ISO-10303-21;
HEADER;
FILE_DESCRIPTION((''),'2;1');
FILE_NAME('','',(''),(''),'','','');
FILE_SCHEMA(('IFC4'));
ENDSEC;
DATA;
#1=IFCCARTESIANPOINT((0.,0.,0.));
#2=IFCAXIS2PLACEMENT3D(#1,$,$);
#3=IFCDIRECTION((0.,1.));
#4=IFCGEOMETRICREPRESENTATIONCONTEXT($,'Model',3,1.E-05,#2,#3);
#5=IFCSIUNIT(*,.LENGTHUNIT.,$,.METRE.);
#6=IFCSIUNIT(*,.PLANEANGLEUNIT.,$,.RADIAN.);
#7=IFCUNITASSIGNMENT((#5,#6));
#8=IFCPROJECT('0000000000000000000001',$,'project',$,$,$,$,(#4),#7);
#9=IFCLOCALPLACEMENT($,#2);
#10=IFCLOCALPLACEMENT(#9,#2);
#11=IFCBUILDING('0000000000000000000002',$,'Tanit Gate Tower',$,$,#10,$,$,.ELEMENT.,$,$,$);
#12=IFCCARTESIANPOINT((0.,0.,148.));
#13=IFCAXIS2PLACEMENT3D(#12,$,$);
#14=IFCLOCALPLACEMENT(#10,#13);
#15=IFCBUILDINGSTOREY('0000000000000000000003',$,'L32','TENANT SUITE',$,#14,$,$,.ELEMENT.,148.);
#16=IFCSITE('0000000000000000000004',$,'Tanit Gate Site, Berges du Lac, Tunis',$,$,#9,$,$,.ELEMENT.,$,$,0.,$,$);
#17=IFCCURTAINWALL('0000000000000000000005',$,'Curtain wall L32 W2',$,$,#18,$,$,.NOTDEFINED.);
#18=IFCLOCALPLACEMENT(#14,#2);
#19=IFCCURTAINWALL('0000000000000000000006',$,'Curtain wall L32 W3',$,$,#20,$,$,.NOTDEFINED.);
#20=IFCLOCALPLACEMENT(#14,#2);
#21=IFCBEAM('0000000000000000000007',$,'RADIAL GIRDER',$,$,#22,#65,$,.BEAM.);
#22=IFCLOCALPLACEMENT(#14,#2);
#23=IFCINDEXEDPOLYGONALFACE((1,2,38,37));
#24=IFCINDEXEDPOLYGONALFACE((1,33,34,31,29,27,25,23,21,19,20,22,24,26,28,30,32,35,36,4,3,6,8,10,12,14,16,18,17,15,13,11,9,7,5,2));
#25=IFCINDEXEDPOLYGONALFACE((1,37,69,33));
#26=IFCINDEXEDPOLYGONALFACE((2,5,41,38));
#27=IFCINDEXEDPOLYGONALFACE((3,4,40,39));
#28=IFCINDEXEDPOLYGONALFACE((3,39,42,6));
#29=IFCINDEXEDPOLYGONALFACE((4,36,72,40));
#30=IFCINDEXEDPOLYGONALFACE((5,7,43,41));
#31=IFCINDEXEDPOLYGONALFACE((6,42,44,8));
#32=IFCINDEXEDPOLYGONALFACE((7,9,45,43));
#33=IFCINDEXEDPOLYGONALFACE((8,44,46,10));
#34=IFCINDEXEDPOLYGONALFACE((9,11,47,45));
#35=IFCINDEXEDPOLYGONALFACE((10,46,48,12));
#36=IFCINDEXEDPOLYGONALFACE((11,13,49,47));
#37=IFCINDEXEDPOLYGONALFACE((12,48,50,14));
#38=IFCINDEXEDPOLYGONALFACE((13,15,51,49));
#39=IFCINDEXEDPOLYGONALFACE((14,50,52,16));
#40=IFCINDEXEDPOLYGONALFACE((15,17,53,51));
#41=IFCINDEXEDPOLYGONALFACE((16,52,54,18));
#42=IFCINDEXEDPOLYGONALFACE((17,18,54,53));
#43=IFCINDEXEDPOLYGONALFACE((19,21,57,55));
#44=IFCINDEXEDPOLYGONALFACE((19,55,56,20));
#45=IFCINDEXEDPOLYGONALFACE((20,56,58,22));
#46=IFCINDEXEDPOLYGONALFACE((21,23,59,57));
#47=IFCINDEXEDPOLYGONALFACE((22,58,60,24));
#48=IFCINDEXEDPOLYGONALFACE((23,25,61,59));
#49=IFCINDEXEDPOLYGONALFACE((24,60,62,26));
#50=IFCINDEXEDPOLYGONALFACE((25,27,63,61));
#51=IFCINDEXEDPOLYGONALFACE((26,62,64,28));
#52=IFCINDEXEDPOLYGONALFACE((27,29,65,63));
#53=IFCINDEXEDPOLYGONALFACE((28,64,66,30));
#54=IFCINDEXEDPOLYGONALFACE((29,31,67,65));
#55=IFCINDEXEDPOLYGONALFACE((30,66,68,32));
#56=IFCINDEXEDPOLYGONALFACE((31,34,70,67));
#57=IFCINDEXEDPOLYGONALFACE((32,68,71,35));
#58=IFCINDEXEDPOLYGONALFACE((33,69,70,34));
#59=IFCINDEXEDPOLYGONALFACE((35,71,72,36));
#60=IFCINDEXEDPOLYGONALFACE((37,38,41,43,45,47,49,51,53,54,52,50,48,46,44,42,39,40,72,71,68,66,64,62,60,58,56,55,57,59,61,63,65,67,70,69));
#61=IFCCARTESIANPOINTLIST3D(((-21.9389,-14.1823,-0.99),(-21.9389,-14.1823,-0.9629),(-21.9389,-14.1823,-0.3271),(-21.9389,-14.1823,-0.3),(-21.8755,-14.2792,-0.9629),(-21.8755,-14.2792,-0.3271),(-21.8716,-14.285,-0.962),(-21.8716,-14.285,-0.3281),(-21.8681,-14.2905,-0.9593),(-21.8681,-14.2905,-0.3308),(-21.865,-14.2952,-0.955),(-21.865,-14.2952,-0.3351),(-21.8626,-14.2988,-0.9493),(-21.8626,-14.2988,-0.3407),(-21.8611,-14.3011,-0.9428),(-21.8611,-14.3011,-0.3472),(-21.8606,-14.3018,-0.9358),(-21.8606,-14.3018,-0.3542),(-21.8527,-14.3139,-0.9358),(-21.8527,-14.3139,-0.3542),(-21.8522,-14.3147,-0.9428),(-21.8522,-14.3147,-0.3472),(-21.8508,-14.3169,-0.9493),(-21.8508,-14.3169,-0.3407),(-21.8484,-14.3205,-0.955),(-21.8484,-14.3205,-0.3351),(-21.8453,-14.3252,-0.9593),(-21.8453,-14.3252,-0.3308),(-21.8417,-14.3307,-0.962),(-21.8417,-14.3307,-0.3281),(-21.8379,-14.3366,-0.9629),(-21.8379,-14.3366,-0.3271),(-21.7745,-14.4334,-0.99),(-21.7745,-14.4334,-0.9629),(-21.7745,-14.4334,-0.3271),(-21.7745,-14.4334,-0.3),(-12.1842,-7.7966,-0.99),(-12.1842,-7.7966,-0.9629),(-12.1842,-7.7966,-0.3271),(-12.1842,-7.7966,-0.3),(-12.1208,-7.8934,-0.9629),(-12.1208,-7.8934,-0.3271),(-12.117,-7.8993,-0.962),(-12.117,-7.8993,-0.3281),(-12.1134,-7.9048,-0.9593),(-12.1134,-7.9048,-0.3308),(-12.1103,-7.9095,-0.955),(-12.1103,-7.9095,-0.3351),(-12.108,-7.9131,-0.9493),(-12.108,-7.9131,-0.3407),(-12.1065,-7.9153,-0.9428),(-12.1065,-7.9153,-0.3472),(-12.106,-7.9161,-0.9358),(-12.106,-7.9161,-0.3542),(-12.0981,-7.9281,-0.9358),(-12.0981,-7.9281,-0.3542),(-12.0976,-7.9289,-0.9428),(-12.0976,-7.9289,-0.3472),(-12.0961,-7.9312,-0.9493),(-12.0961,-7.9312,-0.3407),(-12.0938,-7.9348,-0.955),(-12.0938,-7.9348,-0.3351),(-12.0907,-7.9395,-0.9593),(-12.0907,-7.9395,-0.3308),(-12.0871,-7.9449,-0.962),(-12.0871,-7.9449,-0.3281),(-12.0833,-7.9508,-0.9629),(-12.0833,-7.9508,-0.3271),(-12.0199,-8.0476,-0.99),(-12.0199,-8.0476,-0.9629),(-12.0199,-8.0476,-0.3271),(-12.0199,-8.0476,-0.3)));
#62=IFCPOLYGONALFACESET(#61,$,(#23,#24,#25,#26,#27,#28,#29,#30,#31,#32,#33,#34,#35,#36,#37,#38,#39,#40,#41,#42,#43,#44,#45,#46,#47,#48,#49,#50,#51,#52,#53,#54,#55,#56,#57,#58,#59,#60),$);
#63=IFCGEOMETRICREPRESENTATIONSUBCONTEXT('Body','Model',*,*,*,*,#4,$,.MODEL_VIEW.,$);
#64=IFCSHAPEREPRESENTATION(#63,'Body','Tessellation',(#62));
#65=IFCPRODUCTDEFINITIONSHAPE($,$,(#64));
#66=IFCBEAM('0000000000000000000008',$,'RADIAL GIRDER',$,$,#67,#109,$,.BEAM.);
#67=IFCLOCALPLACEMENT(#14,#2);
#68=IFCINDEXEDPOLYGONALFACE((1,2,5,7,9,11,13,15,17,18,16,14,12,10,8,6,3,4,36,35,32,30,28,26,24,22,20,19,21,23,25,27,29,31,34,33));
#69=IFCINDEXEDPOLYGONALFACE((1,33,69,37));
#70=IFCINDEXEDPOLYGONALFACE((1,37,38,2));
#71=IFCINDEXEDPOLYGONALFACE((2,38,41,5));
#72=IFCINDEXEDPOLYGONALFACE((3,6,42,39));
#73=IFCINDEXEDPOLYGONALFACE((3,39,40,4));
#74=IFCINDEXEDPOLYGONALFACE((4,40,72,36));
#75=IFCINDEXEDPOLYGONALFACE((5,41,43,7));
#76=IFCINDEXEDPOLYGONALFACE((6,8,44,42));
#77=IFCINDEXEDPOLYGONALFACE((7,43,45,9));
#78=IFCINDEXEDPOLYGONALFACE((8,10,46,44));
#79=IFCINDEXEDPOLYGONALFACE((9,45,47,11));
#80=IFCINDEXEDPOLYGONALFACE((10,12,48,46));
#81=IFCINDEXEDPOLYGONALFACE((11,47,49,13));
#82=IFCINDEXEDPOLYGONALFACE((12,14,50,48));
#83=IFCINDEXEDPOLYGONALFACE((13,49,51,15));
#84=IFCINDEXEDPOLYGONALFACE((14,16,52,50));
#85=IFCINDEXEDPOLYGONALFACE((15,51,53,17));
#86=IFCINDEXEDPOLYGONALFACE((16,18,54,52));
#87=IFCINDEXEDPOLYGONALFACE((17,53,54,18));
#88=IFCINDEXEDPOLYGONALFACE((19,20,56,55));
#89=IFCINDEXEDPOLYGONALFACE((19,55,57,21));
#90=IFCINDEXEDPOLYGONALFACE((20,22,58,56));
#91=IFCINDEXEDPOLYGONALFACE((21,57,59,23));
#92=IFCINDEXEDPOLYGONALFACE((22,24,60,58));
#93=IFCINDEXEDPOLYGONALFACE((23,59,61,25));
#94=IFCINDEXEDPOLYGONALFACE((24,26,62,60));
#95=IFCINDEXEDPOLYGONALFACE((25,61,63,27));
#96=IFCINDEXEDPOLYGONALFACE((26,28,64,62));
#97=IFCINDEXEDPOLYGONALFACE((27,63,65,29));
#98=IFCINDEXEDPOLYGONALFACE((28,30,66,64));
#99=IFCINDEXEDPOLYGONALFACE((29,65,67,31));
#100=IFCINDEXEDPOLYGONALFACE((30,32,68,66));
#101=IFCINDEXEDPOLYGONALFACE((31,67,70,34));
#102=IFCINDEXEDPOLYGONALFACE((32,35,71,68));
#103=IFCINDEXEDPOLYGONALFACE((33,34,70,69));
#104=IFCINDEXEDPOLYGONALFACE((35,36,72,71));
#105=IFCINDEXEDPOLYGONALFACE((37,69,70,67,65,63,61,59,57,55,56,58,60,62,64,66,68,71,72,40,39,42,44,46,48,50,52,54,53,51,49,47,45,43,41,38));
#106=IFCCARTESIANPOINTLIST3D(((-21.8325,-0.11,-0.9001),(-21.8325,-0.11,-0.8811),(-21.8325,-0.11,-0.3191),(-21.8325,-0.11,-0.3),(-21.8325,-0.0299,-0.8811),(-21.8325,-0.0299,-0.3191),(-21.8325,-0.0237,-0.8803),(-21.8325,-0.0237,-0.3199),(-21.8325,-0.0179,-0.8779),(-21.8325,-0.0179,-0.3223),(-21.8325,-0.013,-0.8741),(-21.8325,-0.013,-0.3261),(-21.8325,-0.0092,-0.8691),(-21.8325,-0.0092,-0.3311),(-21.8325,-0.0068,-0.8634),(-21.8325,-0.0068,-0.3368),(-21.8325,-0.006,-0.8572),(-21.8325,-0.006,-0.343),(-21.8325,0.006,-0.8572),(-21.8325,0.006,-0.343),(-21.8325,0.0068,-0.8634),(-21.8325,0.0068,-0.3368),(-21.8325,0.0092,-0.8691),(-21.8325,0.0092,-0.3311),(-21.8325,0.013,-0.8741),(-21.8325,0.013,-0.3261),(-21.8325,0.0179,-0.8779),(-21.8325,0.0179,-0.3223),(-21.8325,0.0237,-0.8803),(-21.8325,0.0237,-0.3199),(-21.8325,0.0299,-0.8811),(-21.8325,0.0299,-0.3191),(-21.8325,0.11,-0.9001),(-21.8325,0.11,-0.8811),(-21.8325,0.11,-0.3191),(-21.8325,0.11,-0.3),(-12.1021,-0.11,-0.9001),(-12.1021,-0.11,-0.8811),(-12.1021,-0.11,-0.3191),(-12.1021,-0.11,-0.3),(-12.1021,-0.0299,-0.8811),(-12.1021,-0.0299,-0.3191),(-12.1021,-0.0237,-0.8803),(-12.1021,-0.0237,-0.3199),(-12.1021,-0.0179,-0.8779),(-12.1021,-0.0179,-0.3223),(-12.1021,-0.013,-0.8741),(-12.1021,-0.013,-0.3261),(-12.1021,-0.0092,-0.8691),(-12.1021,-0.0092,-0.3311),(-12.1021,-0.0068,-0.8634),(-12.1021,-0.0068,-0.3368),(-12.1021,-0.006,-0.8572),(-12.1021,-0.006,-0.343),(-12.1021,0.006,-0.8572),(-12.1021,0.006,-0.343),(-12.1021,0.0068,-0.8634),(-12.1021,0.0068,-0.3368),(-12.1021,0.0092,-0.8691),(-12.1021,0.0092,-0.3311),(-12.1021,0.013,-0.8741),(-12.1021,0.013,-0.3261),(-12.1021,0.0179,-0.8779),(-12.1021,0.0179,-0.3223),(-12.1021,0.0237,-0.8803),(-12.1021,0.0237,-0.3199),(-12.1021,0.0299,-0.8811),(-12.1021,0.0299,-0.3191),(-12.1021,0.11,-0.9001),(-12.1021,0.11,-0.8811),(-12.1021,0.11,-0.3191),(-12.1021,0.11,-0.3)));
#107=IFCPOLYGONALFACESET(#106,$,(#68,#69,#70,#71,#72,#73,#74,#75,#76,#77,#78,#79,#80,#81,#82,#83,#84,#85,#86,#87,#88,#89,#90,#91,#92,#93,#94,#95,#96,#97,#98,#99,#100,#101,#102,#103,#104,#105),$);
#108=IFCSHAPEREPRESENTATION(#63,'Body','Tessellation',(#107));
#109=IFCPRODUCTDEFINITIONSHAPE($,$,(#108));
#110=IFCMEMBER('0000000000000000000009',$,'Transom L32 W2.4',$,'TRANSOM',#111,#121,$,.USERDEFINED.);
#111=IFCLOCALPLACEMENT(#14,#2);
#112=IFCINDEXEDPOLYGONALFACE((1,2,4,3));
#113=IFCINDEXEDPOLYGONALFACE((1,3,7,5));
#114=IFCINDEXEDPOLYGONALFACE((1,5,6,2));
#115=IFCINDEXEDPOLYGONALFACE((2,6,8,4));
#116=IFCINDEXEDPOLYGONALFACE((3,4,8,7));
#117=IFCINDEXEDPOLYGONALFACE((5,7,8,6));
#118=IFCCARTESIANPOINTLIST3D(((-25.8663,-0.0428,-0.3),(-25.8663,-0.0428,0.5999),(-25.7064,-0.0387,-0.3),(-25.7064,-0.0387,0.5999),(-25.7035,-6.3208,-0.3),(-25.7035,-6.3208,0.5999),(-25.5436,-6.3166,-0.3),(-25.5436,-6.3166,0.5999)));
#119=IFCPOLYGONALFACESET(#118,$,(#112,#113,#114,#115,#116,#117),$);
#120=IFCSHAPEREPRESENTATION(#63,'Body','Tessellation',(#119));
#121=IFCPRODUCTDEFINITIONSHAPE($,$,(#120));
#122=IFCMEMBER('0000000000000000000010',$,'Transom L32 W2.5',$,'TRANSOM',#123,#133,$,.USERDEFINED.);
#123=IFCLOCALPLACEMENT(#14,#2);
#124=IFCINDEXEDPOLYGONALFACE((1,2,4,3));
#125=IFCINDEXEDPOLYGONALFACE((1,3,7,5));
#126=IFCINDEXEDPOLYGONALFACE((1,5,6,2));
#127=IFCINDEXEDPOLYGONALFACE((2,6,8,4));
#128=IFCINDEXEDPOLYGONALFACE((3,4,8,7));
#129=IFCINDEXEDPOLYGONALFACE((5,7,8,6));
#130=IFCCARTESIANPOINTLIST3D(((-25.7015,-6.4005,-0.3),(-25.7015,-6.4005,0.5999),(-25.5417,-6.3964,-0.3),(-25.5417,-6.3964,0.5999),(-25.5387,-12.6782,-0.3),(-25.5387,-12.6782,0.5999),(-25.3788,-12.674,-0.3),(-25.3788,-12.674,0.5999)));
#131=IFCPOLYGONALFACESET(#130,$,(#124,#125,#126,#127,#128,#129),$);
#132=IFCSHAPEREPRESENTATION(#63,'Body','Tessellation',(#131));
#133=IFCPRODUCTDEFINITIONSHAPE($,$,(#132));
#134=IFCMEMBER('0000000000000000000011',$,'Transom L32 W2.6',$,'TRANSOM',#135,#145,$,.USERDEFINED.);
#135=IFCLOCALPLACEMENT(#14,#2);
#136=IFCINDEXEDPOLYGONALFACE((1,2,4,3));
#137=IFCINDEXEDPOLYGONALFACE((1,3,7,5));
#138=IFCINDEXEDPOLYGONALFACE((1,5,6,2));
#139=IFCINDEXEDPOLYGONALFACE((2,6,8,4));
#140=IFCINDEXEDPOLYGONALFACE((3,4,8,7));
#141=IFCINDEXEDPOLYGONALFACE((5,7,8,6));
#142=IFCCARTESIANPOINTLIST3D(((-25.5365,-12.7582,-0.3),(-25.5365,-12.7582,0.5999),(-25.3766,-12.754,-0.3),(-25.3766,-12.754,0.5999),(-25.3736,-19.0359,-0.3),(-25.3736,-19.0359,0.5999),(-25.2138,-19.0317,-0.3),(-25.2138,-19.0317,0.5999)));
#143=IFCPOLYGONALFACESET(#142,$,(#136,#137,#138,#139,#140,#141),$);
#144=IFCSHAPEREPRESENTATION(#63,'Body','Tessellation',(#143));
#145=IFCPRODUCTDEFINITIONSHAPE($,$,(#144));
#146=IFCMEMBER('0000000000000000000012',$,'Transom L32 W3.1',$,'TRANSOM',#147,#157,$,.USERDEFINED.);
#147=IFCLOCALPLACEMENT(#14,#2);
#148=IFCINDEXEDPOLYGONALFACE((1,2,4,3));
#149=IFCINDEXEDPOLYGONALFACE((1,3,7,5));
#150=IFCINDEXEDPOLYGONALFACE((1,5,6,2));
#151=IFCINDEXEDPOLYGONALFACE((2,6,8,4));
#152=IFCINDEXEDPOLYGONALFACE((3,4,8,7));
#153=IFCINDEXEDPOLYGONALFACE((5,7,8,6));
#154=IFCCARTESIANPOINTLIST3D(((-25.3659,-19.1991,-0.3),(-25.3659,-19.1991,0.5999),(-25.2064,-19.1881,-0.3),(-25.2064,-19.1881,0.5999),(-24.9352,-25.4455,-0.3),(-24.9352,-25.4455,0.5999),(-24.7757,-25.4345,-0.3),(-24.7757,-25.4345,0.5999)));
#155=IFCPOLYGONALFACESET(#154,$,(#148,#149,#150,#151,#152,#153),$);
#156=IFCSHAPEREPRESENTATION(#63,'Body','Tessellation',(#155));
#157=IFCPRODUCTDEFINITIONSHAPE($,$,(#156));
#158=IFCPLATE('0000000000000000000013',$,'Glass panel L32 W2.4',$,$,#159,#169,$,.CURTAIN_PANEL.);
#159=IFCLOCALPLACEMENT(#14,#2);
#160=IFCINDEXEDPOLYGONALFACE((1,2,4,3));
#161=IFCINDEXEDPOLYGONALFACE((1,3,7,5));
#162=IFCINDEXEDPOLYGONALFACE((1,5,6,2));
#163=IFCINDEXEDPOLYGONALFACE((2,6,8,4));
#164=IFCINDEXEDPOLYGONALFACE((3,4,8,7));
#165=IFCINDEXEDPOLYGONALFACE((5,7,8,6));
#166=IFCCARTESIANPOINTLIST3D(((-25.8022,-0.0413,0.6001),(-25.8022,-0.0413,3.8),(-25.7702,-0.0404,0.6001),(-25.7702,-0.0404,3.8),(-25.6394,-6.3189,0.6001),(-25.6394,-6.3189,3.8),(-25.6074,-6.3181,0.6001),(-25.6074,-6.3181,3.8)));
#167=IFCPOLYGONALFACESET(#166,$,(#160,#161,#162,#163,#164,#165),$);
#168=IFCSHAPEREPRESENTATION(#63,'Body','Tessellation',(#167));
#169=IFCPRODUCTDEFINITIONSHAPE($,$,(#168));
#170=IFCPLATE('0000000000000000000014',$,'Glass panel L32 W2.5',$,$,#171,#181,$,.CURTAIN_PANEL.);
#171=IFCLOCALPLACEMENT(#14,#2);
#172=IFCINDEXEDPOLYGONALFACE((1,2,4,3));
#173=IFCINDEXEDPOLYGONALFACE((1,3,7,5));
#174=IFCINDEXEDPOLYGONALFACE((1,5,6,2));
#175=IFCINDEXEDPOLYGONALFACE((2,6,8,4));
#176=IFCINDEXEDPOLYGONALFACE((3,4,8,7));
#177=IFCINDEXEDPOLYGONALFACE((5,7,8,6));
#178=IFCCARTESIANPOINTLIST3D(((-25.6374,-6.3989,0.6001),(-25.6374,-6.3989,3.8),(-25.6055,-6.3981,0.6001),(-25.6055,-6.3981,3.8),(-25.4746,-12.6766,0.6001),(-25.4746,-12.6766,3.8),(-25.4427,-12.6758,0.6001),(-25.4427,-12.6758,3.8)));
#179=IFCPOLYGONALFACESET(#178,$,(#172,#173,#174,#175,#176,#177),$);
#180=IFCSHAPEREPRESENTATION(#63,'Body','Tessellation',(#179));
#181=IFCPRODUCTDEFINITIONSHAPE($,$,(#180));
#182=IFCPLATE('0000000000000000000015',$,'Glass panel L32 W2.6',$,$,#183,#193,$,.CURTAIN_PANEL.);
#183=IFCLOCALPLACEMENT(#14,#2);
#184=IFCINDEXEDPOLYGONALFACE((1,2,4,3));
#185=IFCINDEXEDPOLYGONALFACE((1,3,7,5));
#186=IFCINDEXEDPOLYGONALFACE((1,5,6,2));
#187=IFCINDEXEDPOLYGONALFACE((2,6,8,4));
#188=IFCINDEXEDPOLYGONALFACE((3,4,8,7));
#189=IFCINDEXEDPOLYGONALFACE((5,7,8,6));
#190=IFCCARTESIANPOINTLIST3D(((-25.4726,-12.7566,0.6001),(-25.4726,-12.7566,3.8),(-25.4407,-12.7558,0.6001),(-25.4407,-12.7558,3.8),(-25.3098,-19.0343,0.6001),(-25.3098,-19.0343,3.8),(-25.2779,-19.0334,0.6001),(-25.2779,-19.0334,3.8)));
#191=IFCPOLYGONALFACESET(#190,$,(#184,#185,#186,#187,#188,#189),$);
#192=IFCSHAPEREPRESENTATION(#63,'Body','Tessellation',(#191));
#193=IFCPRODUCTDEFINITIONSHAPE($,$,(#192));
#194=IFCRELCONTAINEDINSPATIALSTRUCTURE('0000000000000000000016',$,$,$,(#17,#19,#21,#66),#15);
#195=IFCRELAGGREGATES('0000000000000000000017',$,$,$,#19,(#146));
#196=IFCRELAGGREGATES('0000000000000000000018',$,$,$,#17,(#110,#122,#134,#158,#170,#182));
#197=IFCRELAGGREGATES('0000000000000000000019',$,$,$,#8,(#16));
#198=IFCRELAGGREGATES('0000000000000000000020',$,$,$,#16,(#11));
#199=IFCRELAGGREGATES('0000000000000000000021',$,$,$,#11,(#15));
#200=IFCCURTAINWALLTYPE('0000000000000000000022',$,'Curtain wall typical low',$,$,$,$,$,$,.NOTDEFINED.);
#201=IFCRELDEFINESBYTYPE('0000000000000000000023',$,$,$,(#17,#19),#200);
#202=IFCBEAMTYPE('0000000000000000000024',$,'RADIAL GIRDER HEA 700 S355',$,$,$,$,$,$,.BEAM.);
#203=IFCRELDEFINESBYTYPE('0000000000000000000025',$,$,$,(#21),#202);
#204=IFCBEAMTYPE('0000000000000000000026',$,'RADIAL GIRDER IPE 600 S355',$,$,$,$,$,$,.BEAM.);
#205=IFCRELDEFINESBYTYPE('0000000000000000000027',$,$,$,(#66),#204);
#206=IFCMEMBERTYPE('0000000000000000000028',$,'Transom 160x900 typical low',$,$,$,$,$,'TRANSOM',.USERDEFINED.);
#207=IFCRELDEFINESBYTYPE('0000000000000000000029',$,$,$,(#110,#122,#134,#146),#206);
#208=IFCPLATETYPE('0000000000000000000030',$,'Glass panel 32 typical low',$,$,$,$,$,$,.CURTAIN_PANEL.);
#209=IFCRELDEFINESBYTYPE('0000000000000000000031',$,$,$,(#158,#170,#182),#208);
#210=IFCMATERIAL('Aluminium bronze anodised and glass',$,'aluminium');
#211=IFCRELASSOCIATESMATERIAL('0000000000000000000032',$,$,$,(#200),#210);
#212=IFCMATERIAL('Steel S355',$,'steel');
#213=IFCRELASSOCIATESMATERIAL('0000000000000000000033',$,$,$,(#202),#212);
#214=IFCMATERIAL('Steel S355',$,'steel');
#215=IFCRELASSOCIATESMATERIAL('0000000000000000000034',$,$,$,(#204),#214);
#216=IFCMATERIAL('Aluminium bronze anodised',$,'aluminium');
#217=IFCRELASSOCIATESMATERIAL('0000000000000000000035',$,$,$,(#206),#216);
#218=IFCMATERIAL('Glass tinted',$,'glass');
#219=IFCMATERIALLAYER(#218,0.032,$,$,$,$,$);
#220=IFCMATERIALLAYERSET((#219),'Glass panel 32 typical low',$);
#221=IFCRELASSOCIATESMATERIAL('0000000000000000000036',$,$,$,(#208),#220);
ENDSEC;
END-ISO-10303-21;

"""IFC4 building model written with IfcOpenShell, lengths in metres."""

from ifc_helpers import new_model, si_unit, direction, frame, origin, origin_2d, place, context, subcontext, project, spatial, rectangle, i_section, extrude, material, layer, layer_set, material_profile, profile_set, type_object, element, aggregate, save


model = new_model("IFC4")

# Units and contexts
model_context = context("Model", 3, precision=1e-05, world=origin(), true_north=direction((0.0, 1.0)))
body_context = subcontext(model_context, "Body", "Model", "MODEL_VIEW")
ifc_project = project(units=[si_unit("LENGTHUNIT", "METRE"), si_unit("PLANEANGLEUNIT", "RADIAN")], contexts=[model_context])

# Site, building, storey
site_placement = place(None, origin())
site = spatial("IfcSite", under=ifc_project, at=site_placement, Name="Tanit Gate Site, Berges du Lac, Tunis", CompositionType="ELEMENT", RefElevation=0.0)
building_placement = place(site_placement, origin())
building = spatial("IfcBuilding", under=site, at=building_placement, Name="Tanit Gate Tower", CompositionType="ELEMENT")
storey_placement = place(building_placement, frame((0.0, 0.0, 148.0)))
storey = spatial("IfcBuildingStorey", under=building, at=storey_placement, Name="L32", Description="TENANT SUITE", CompositionType="ELEMENT", Elevation=148.0)

# Curtain wall
ifc_material_1 = material(Name="Aluminium bronze anodised and glass", Category="aluminium")
curtain_wall_type = type_object("IfcCurtainWallType", Name="Curtain wall typical low", PredefinedType="NOTDEFINED", material=ifc_material_1)
curtain_wall_1_placement = place(storey_placement, origin())
curtain_wall_1 = element("IfcCurtainWall", 1, at=curtain_wall_1_placement, inside=storey, type_object=curtain_wall_type, Name="Curtain wall L32 W2", PredefinedType="NOTDEFINED")

# Curtain wall
curtain_wall_2_placement = place(storey_placement, origin())
curtain_wall_2 = element("IfcCurtainWall", 2, at=curtain_wall_2_placement, inside=storey, type_object=curtain_wall_type, Name="Curtain wall L32 W3", PredefinedType="NOTDEFINED")

# Beams
ifc_material_2 = material(Name="Steel S355", Category="steel")
ifc_material_profile_1 = material_profile(ifc_material_2, i_section(OverallWidth=0.3, OverallDepth=0.6899, WebThickness=0.0144, FlangeThickness=0.0271, FilletRadius=0.0271, at=origin_2d()), Name="HEA 700")
ifc_profile_set_1 = profile_set([ifc_material_profile_1], Name="Steel S355")
beam_type_1 = type_object("IfcBeamType", Name="RADIAL GIRDER HEA 700 S355", PredefinedType="BEAM", material=ifc_profile_set_1)
beam_1_placement = place(storey_placement, frame((-21.8567, -14.3079, -0.645), z_axis=(0.836667, 0.547712, 0.0), x_axis=(-0.547712, 0.836667, 0.0)))
element("IfcBeam", 3, at=beam_1_placement, inside=storey, type_object=beam_type_1, Name="RADIAL GIRDER", PredefinedType="BEAM", context=body_context, shape_type="SweptSolid", body=[
    extrude(i_section(OverallWidth=0.3, OverallDepth=0.6899, WebThickness=0.0144, FlangeThickness=0.0271, FilletRadius=0.0271, at=origin_2d()), origin(), (0.0, 0.0, 1.0), 11.6589),
])
ifc_material_3 = material(Name="Steel S355", Category="steel")
ifc_material_profile_2 = material_profile(ifc_material_3, i_section(OverallWidth=0.22, OverallDepth=0.6001, WebThickness=0.012, FlangeThickness=0.019, FilletRadius=0.0239, at=origin_2d()), Name="IPE 600")
ifc_profile_set_2 = profile_set([ifc_material_profile_2], Name="Steel S355")
beam_type_2 = type_object("IfcBeamType", Name="RADIAL GIRDER IPE 600 S355", PredefinedType="BEAM", material=ifc_profile_set_2)
beam_2_placement = place(storey_placement, frame((-21.8325, 0.0, -0.6001), z_axis=(1.0, 0.0, 0.0), x_axis=(0.0, 1.0, 0.0)))
element("IfcBeam", 4, at=beam_2_placement, inside=storey, type_object=beam_type_2, Name="RADIAL GIRDER", PredefinedType="BEAM", context=body_context, shape_type="SweptSolid", body=[
    extrude(i_section(OverallWidth=0.22, OverallDepth=0.6001, WebThickness=0.012, FlangeThickness=0.019, FilletRadius=0.0239, at=origin_2d()), origin(), (0.0, 0.0, 1.0), 9.7305),
])

# Members
ifc_material_4 = material(Name="Aluminium bronze anodised", Category="aluminium")
ifc_material_profile_3 = material_profile(ifc_material_4, rectangle(XDim=0.1599, YDim=0.8999, at=origin_2d()), Name="160x900 bronze transom")
ifc_profile_set_3 = profile_set([ifc_material_profile_3], Name="Aluminium bronze anodised")
member_type_1 = type_object("IfcMemberType", Name="Transom 160x900 typical low", ElementType="TRANSOM", PredefinedType="USERDEFINED", material=ifc_profile_set_3)
member_1_placement = place(storey_placement, frame((-25.7864, -0.0408, 0.1499), z_axis=(0.02593, -0.999664, 0.0), x_axis=(0.999664, 0.02593, 0.0)))
member_1 = element("IfcMember", 5, at=member_1_placement, type_object=member_type_1, Name="Transom L32 W2.4", ObjectType="TRANSOM", PredefinedType="USERDEFINED", context=body_context, shape_type="SweptSolid", body=[
    extrude(rectangle(XDim=0.1599, YDim=0.8999, at=origin_2d()), origin(), (0.0, 0.0, 1.0), 6.28),
])
member_2_placement = place(storey_placement, frame((-25.6216, -6.3984, 0.1499), z_axis=(0.025931, -0.999664, 0.0), x_axis=(0.999664, 0.025931, 0.0)))
member_2 = element("IfcMember", 6, at=member_2_placement, type_object=member_type_1, Name="Transom L32 W2.5", ObjectType="TRANSOM", PredefinedType="USERDEFINED", context=body_context, shape_type="SweptSolid", body=[
    extrude(rectangle(XDim=0.1599, YDim=0.8999, at=origin_2d()), origin(), (0.0, 0.0, 1.0), 6.2798),
])
member_3_placement = place(storey_placement, frame((-25.4565, -12.7561, 0.1499), z_axis=(0.025931, -0.999664, 0.0), x_axis=(0.999664, 0.025931, 0.0)))
member_3 = element("IfcMember", 7, at=member_3_placement, type_object=member_type_1, Name="Transom L32 W2.6", ObjectType="TRANSOM", PredefinedType="USERDEFINED", context=body_context, shape_type="SweptSolid", body=[
    extrude(rectangle(XDim=0.1599, YDim=0.8999, at=origin_2d()), origin(), (0.0, 0.0, 1.0), 6.2798),
])
member_4_placement = place(storey_placement, frame((-25.2861, -19.1936, 0.1499), z_axis=(0.068783, -0.997632, 0.0), x_axis=(0.997632, 0.068783, 0.0)))
member_4 = element("IfcMember", 8, at=member_4_placement, type_object=member_type_1, Name="Transom L32 W3.1", ObjectType="TRANSOM", PredefinedType="USERDEFINED", context=body_context, shape_type="SweptSolid", body=[
    extrude(rectangle(XDim=0.1599, YDim=0.8999, at=origin_2d()), origin(), (0.0, 0.0, 1.0), 6.2612),
])
aggregate(curtain_wall_2, [member_4])

# Plates
ifc_material_5 = material(Name="Glass tinted", Category="glass")
ifc_layer_1 = layer(ifc_material_5, 0.032)
ifc_layer_set_1 = layer_set([ifc_layer_1], Name="Glass panel 32 typical low")
plate_type = type_object("IfcPlateType", Name="Glass panel 32 typical low", PredefinedType="CURTAIN_PANEL", material=ifc_layer_set_1)
plate_1_placement = place(storey_placement, frame((-25.7048, -3.1797, 0.6001), z_axis=(0.0, 0.0, 1.0), x_axis=(0.025924, -0.999664, 0.0)))
plate_1 = element("IfcPlate", 9, at=plate_1_placement, type_object=plate_type, Name="Glass panel L32 W2.4", PredefinedType="CURTAIN_PANEL", context=body_context, shape_type="SweptSolid", body=[
    extrude(rectangle(XDim=6.2798, YDim=0.032, at=origin_2d()), origin(), (0.0, 0.0, 1.0), 3.2),
])
plate_2_placement = place(storey_placement, frame((-25.54, -9.5374, 0.6001), z_axis=(0.0, 0.0, 1.0), x_axis=(0.025924, -0.999664, 0.0)))
plate_2 = element("IfcPlate", 10, at=plate_2_placement, type_object=plate_type, Name="Glass panel L32 W2.5", PredefinedType="CURTAIN_PANEL", context=body_context, shape_type="SweptSolid", body=[
    extrude(rectangle(XDim=6.2798, YDim=0.032, at=origin_2d()), origin(), (0.0, 0.0, 1.0), 3.2),
])
plate_3_placement = place(storey_placement, frame((-25.3752, -15.895, 0.6001), z_axis=(0.0, 0.0, 1.0), x_axis=(0.025924, -0.999664, 0.0)))
plate_3 = element("IfcPlate", 11, at=plate_3_placement, type_object=plate_type, Name="Glass panel L32 W2.6", PredefinedType="CURTAIN_PANEL", context=body_context, shape_type="SweptSolid", body=[
    extrude(rectangle(XDim=6.2798, YDim=0.032, at=origin_2d()), origin(), (0.0, 0.0, 1.0), 3.2),
])
aggregate(curtain_wall_1, [member_1, member_2, member_3, plate_1, plate_2, plate_3])

save(model, "model.ifc")
